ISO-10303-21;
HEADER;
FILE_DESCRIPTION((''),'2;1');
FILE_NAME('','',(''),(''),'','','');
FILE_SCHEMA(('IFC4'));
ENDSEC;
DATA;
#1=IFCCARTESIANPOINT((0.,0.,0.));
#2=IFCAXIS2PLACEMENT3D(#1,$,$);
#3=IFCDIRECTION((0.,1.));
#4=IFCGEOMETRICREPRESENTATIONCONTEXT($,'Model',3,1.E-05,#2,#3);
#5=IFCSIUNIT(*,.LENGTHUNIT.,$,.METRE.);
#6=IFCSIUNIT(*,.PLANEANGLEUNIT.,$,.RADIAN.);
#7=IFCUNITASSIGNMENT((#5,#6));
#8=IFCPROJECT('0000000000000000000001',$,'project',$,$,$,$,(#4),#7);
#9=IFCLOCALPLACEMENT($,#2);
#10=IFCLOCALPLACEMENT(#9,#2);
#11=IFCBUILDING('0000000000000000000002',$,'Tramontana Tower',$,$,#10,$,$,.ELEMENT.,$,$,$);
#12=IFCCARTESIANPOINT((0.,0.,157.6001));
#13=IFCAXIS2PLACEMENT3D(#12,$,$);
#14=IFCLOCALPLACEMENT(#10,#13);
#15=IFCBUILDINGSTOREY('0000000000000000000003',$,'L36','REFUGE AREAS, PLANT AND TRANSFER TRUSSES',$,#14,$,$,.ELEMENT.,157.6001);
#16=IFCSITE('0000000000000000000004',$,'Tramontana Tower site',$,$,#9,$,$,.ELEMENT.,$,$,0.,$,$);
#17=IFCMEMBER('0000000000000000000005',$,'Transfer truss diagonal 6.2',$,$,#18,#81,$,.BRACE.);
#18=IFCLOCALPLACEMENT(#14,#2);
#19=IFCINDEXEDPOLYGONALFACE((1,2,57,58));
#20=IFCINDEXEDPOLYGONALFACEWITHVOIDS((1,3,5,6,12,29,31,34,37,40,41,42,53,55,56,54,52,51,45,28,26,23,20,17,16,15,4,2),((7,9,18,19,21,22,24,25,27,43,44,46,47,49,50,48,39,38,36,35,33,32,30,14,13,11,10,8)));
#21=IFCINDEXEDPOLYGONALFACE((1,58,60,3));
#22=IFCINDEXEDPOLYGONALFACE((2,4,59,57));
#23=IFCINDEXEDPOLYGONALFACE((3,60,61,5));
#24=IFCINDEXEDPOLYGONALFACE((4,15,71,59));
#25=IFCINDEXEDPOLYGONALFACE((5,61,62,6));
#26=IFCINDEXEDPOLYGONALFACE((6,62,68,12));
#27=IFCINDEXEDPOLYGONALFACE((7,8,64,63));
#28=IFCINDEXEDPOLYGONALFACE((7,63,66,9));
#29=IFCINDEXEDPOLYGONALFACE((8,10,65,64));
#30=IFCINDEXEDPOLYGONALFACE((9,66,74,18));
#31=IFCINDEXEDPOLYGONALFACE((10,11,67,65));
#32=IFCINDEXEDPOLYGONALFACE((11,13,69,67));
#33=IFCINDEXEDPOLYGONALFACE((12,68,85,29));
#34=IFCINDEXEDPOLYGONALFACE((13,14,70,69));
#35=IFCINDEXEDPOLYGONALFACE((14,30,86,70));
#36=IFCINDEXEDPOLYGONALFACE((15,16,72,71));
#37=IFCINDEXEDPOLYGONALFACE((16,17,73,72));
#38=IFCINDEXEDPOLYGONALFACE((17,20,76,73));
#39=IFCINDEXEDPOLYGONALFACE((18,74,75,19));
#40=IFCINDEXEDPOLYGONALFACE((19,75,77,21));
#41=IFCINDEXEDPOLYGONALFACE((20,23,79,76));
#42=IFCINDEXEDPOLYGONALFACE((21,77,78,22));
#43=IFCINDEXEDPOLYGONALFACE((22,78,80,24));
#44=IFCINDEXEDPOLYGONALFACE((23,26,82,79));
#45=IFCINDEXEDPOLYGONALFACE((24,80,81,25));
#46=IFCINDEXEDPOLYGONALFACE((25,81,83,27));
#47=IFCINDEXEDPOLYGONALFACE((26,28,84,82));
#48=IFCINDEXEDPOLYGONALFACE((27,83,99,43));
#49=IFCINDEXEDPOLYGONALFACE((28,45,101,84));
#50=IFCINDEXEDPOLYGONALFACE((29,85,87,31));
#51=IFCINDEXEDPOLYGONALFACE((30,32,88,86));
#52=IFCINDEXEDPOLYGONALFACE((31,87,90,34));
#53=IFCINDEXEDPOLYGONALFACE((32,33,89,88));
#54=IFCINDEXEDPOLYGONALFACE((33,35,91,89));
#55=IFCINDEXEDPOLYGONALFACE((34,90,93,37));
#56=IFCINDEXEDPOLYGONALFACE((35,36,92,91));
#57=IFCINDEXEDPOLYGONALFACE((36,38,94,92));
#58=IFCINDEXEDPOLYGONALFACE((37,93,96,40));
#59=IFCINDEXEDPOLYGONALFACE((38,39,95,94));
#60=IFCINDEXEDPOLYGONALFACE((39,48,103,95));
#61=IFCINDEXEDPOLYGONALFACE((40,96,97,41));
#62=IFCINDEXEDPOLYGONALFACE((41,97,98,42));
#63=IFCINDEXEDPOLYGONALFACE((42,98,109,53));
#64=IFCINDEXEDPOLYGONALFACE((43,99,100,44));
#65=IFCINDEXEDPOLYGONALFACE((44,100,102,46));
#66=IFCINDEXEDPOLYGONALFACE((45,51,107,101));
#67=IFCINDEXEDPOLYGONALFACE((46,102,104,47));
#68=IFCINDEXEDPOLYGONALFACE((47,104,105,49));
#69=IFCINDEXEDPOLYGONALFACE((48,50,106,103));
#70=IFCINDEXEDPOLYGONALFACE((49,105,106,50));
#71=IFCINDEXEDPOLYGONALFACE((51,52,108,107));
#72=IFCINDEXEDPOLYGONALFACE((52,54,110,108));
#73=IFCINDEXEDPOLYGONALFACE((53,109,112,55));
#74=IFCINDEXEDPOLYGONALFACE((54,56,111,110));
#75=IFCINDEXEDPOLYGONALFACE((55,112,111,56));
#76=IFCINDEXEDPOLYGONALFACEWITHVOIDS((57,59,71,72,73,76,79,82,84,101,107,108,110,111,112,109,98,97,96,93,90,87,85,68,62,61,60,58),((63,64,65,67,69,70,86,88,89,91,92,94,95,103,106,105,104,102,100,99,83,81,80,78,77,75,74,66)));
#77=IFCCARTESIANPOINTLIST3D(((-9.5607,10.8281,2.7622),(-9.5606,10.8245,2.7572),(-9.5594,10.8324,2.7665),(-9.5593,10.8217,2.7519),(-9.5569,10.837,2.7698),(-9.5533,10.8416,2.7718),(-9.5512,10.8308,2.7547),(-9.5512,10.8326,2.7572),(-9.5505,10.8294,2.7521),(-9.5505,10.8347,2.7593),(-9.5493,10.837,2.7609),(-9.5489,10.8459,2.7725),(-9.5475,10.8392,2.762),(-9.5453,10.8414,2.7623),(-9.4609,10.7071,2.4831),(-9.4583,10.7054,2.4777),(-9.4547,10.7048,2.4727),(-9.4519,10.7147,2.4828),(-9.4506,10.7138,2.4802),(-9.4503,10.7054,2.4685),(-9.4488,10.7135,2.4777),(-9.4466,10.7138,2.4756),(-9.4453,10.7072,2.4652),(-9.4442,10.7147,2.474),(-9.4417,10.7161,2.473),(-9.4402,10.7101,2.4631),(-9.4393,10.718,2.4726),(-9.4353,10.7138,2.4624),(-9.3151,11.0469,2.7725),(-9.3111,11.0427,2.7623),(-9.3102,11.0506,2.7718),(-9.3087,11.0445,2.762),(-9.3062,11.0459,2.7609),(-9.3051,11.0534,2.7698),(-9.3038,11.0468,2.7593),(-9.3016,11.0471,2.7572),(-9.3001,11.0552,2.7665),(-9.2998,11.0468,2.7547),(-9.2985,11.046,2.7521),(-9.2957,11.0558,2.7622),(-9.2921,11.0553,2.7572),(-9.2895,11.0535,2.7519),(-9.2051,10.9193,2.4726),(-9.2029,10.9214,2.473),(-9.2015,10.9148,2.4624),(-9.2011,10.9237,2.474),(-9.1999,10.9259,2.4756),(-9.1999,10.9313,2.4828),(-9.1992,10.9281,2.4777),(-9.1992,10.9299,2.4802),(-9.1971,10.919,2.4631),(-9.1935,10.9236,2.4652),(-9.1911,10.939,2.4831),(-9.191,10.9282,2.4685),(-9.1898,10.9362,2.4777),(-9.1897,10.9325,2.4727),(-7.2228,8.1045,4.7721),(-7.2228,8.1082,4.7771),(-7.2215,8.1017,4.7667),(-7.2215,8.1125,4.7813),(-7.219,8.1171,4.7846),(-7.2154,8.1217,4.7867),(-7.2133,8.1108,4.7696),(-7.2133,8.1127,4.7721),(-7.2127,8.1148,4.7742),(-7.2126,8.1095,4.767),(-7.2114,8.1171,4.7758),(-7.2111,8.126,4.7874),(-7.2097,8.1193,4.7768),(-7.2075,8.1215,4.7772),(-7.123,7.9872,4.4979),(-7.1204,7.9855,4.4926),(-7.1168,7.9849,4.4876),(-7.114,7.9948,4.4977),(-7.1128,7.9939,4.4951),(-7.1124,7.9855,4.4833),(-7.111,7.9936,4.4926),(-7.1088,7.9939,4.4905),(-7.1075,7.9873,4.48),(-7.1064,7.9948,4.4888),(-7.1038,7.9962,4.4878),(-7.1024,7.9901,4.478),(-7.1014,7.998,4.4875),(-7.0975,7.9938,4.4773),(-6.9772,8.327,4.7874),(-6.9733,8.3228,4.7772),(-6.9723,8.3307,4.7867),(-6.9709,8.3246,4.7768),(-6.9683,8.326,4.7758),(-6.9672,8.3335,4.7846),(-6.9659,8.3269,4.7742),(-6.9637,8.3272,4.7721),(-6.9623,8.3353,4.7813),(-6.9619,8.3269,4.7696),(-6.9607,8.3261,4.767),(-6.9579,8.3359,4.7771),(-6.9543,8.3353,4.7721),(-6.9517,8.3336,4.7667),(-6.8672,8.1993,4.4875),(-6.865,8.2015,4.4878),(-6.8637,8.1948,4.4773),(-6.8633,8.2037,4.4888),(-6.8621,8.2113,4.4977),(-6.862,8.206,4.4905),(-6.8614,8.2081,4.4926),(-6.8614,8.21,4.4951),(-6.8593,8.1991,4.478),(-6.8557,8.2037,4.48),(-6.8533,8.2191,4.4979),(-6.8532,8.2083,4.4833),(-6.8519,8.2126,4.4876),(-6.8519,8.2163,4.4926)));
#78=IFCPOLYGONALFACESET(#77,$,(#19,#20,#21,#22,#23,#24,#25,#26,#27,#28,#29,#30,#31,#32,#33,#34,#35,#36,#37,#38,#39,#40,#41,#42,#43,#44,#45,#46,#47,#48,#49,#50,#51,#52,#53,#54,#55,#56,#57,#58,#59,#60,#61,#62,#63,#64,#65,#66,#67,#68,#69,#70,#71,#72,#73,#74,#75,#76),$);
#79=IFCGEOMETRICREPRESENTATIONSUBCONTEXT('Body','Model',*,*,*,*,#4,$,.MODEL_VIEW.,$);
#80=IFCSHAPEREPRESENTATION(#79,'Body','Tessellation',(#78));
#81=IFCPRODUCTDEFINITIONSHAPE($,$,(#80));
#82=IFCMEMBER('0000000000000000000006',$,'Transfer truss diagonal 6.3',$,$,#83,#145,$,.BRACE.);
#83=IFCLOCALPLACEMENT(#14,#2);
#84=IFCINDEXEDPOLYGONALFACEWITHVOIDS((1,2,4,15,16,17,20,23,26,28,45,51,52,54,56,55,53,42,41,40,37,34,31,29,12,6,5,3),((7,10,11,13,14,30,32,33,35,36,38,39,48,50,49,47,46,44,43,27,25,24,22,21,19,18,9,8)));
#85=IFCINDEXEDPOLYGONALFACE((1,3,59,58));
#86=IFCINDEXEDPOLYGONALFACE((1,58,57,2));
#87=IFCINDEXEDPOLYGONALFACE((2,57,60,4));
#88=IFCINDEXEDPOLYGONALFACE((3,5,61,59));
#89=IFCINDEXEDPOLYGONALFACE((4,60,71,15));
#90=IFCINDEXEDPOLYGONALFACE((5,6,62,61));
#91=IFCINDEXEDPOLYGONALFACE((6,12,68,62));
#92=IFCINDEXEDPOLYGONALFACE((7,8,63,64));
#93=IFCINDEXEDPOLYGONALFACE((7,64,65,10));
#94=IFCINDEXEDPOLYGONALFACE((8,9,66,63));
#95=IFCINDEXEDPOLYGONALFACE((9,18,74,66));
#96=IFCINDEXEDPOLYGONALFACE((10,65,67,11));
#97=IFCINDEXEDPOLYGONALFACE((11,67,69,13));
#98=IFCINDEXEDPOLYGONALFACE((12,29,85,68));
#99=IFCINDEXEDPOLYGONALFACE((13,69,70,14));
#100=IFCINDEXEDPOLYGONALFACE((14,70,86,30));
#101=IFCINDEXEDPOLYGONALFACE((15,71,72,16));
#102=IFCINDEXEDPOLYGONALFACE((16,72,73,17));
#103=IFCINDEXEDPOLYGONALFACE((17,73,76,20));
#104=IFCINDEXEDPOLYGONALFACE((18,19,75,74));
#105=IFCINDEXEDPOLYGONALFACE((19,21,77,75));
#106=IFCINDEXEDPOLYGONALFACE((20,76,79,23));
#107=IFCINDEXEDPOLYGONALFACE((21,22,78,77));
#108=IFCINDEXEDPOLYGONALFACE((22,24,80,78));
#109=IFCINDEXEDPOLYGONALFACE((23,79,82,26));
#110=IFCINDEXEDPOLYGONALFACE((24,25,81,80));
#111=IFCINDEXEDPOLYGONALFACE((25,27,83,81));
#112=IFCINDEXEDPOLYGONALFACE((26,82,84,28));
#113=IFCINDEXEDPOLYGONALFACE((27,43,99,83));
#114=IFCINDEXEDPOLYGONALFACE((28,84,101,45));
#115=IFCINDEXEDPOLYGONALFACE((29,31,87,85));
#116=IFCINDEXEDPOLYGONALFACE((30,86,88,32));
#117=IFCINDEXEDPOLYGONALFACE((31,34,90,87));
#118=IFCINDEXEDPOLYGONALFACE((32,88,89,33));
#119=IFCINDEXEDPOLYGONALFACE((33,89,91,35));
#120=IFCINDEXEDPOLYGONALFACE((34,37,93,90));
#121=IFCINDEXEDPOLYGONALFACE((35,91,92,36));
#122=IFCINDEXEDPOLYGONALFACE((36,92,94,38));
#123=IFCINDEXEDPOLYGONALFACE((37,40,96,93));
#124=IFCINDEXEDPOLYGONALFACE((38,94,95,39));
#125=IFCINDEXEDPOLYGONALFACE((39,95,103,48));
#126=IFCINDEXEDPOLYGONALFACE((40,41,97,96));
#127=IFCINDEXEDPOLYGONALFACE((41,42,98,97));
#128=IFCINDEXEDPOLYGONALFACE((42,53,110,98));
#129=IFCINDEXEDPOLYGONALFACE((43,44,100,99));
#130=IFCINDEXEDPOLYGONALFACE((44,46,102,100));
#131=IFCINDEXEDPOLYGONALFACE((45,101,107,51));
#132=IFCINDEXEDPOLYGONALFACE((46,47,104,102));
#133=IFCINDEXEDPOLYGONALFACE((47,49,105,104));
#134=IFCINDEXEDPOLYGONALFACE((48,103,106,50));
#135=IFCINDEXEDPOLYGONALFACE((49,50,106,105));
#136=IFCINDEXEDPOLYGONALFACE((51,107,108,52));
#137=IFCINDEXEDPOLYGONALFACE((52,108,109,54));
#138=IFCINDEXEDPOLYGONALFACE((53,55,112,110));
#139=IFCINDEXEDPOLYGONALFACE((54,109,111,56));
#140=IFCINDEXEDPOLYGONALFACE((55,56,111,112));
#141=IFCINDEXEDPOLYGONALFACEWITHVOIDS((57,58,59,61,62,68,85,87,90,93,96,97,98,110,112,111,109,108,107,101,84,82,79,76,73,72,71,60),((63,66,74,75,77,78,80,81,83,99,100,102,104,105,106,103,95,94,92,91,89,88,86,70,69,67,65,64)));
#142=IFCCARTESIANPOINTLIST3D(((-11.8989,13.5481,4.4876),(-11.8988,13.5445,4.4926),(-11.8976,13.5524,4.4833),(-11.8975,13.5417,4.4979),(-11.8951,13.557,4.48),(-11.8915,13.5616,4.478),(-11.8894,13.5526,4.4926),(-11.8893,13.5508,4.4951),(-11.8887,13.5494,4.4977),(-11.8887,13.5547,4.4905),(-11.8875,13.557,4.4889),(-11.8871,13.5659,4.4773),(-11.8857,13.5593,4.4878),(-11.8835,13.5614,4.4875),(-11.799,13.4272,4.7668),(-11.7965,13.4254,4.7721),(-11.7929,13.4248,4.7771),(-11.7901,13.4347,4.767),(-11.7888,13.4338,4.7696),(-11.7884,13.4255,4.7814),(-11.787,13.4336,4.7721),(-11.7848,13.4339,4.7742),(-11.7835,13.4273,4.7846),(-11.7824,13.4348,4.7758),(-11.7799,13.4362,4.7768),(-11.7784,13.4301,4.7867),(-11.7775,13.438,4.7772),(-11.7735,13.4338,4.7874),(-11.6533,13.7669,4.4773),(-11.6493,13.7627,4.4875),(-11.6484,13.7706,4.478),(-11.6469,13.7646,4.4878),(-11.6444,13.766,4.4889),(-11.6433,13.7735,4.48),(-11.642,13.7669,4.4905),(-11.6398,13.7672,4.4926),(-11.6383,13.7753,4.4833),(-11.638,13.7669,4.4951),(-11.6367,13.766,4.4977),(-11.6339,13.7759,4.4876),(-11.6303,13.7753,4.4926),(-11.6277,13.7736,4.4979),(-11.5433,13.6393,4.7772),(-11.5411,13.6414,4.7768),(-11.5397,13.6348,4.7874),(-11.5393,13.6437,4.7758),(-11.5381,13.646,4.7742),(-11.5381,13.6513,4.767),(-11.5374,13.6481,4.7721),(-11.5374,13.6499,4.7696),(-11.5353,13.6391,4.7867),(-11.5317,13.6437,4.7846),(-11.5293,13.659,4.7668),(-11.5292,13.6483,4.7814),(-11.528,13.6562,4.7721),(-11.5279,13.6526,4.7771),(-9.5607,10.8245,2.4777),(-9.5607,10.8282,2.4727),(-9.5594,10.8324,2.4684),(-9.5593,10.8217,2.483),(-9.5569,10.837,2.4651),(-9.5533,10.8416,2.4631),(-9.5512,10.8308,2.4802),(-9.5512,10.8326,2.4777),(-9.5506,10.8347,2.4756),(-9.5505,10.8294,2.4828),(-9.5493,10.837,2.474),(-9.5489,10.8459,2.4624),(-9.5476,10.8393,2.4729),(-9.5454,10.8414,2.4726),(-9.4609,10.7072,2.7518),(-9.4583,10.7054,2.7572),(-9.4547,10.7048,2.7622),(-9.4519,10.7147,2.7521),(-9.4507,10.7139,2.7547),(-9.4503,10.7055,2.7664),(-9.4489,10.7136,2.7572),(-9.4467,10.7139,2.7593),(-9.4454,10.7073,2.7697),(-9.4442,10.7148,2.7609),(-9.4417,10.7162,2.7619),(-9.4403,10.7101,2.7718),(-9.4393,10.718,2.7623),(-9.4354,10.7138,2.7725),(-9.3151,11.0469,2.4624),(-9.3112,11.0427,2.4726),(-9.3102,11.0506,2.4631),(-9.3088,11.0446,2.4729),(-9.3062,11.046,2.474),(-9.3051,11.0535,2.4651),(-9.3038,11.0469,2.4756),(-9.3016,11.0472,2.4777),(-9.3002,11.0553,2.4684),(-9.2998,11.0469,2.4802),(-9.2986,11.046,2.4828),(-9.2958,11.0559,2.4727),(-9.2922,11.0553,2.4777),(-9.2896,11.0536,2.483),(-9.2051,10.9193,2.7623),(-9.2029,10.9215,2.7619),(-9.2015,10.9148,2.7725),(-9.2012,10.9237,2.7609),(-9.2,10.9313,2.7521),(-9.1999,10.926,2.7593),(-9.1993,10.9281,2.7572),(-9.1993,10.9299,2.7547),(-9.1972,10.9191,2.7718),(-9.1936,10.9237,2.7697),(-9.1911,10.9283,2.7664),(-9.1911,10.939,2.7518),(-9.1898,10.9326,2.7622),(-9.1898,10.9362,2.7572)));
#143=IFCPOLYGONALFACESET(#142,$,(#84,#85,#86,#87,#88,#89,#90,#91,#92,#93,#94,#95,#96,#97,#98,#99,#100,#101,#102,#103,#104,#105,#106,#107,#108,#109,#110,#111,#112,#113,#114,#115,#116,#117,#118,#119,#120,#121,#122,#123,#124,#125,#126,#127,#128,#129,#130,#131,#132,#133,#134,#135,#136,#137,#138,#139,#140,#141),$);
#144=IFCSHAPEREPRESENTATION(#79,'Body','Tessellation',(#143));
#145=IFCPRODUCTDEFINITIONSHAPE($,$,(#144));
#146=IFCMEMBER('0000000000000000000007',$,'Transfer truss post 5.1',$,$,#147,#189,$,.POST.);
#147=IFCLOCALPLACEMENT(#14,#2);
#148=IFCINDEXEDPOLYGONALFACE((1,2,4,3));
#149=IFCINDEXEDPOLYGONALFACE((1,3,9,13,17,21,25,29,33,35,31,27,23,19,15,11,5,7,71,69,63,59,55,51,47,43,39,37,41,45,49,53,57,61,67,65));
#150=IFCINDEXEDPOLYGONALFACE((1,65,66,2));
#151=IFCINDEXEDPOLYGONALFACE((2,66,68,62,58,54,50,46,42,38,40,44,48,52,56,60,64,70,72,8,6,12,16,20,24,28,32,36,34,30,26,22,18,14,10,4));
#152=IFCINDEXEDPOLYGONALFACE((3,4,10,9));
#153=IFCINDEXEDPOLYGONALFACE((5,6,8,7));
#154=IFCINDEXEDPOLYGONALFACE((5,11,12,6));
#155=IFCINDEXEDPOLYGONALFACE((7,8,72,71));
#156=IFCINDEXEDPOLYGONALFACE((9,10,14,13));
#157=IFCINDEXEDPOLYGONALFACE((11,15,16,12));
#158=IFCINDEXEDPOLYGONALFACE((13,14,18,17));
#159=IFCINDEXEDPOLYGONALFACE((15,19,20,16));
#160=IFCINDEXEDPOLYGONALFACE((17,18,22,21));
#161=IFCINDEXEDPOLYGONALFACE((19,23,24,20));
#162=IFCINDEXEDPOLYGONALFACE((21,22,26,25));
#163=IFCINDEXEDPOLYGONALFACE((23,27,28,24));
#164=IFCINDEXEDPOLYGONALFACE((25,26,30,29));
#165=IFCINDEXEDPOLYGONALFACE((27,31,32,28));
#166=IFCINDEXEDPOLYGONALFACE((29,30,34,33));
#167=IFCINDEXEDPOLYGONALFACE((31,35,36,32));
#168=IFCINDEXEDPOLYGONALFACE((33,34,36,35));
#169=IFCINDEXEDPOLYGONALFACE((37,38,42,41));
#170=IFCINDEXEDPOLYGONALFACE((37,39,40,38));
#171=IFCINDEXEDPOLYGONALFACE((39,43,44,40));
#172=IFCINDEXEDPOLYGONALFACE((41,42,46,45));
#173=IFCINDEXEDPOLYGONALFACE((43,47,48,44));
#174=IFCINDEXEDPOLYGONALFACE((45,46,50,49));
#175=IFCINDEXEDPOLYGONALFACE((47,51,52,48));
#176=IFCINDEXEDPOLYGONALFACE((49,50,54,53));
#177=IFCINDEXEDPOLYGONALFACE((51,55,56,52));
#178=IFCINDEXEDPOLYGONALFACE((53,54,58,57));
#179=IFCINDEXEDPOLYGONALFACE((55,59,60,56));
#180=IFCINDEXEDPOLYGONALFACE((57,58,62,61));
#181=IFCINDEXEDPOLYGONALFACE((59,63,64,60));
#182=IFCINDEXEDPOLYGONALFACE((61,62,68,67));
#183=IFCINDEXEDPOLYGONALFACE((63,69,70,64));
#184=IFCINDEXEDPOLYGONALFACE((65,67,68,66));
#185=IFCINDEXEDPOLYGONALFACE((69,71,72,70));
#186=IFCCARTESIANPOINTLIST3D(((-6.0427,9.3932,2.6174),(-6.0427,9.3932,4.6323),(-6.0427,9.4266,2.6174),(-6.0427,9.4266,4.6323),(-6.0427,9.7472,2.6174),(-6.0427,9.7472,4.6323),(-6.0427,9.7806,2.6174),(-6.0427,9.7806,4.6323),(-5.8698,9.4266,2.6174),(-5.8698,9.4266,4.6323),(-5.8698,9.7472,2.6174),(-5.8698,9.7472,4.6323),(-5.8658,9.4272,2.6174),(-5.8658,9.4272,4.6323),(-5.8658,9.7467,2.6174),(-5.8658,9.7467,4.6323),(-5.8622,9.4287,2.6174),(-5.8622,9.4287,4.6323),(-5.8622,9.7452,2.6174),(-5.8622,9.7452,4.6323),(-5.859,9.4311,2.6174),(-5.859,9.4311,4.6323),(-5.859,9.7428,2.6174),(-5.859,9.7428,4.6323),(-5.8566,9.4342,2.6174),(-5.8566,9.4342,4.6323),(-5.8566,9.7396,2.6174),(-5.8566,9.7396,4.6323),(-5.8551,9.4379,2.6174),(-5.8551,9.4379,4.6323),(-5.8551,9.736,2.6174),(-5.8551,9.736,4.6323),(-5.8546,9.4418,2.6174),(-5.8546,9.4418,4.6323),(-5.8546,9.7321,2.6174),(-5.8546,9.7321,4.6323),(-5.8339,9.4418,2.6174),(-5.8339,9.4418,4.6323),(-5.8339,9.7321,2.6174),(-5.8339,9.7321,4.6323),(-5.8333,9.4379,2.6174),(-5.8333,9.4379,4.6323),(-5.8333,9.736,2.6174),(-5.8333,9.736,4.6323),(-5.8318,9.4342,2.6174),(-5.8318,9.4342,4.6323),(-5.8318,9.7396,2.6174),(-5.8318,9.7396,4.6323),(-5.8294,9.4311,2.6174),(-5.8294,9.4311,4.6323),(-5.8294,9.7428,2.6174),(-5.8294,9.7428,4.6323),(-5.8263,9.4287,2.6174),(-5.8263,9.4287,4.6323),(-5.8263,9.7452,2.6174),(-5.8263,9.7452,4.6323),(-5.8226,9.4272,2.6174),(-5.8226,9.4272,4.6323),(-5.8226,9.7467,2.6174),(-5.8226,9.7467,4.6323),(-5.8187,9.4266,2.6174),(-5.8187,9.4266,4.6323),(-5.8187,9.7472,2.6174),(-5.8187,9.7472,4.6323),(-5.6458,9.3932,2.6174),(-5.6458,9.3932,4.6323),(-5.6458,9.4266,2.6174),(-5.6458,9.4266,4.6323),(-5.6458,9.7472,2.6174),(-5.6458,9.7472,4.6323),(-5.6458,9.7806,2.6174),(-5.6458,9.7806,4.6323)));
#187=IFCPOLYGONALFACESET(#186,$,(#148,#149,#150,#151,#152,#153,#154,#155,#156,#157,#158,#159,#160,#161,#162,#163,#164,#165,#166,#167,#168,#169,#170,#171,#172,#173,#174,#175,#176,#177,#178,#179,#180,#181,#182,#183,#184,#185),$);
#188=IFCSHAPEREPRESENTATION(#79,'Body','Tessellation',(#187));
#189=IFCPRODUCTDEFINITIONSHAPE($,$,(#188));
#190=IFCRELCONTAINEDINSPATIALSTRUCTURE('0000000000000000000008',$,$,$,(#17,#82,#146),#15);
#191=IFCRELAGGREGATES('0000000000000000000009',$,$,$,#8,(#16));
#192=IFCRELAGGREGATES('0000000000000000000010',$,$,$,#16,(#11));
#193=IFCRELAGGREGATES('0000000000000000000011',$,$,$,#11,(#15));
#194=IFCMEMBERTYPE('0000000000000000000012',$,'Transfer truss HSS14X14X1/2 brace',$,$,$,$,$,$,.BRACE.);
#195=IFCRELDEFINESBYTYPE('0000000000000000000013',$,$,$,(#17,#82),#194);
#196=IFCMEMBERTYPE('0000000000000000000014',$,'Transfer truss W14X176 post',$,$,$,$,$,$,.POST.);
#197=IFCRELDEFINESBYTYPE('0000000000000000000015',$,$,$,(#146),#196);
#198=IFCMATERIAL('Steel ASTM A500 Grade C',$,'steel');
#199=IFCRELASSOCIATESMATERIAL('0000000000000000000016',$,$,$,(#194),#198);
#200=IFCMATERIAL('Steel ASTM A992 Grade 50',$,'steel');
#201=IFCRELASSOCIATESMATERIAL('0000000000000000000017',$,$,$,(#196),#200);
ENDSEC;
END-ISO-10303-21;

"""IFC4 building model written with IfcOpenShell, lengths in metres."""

from ifc_helpers import new_model, si_unit, direction, frame, origin, origin_2d, place, context, subcontext, project, spatial, hollow_rectangle, i_section, extrude, material, material_profile, profile_set, type_object, element, save


model = new_model("IFC4")

# Units and contexts
model_context = context("Model", 3, precision=1e-05, world=origin(), true_north=direction((0.0, 1.0)))
body_context = subcontext(model_context, "Body", "Model", "MODEL_VIEW")
ifc_project = project(units=[si_unit("LENGTHUNIT", "METRE"), si_unit("PLANEANGLEUNIT", "RADIAN")], contexts=[model_context])

# Site, building, storey
site_placement = place(None, origin())
site = spatial("IfcSite", under=ifc_project, at=site_placement, Name="Tramontana Tower site", CompositionType="ELEMENT", RefElevation=0.0)
building_placement = place(site_placement, origin())
building = spatial("IfcBuilding", under=site, at=building_placement, Name="Tramontana Tower", CompositionType="ELEMENT")
storey_placement = place(building_placement, frame((0.0, 0.0, 157.6001)))
storey = spatial("IfcBuildingStorey", under=building, at=storey_placement, Name="L36", Description="REFUGE AREAS, PLANT AND TRANSFER TRUSSES", CompositionType="ELEMENT", Elevation=157.6001)

# Members
ifc_material_1 = material(Name="Steel ASTM A500 Grade C", Category="steel")
ifc_material_profile_1 = material_profile(ifc_material_1, hollow_rectangle(XDim=0.3557, YDim=0.3557, WallThickness=0.0117, InnerFilletRadius=0.0117, OuterFilletRadius=0.0237, at=origin_2d()), Name="HSS14X14X1/2")
ifc_profile_set_1 = profile_set([ifc_material_profile_1], Name="Steel ASTM A500 Grade C")
member_type_1 = type_object("IfcMemberType", Name="Transfer truss HSS14X14X1/2 brace", PredefinedType="BRACE", material=ifc_profile_set_1)
member_1_placement = place(storey_placement, frame((-7.0374, 8.1604, 4.6323), z_axis=(-0.568297, 0.661174, -0.489783), x_axis=(-0.758362, -0.651833, 0.0)))
element("IfcMember", 1, at=member_1_placement, inside=storey, type_object=member_type_1, Name="Transfer truss diagonal 6.2", PredefinedType="BRACE", context=body_context, shape_type="SweptSolid", body=[
    extrude(hollow_rectangle(XDim=0.3557, YDim=0.3557, WallThickness=0.0117, InnerFilletRadius=0.0117, OuterFilletRadius=0.0237, at=origin_2d()), origin(), (0.0, 0.0, 1.0), 4.1138),
])
member_2_placement = place(storey_placement, frame((-9.3752, 10.8804, 2.6174), z_axis=(-0.568338, 0.661152, 0.489766), x_axis=(-0.758329, -0.651873, 0.0)))
element("IfcMember", 2, at=member_2_placement, inside=storey, type_object=member_type_1, Name="Transfer truss diagonal 6.3", PredefinedType="BRACE", context=body_context, shape_type="SweptSolid", body=[
    extrude(hollow_rectangle(XDim=0.3557, YDim=0.3557, WallThickness=0.0117, InnerFilletRadius=0.0117, OuterFilletRadius=0.0237, at=origin_2d()), origin(), (0.0, 0.0, 1.0), 4.114),
])
ifc_material_2 = material(Name="Steel ASTM A992 Grade 50", Category="steel")
ifc_material_profile_2 = material_profile(ifc_material_2, i_section(OverallWidth=0.397, OverallDepth=0.3875, WebThickness=0.0208, FlangeThickness=0.0334, FilletRadius=0.0151, at=origin_2d()), Name="W14X176")
ifc_profile_set_2 = profile_set([ifc_material_profile_2], Name="Steel ASTM A992 Grade 50")
member_type_2 = type_object("IfcMemberType", Name="Transfer truss W14X176 post", PredefinedType="POST", material=ifc_profile_set_2)
for number, where, z_axis, x_axis, name in (
    (3, (-5.8442, 9.5869, 2.6174), (0.0, 0.0, 1.0), (1.0, 0.0, 0.0), "Transfer truss post 5.1"),
):
    element("IfcMember", number, at=place(storey_placement, frame(where, z_axis=z_axis, x_axis=x_axis)), inside=storey, type_object=member_type_2, Name=name, PredefinedType="POST", context=body_context, shape_type="SweptSolid", body=[
        extrude(i_section(OverallWidth=0.397, OverallDepth=0.3875, WebThickness=0.0208, FlangeThickness=0.0334, FilletRadius=0.0151, at=origin_2d()), origin(), (0.0, 0.0, 1.0), 2.0149),
    ])

save(model, "model.ifc")
